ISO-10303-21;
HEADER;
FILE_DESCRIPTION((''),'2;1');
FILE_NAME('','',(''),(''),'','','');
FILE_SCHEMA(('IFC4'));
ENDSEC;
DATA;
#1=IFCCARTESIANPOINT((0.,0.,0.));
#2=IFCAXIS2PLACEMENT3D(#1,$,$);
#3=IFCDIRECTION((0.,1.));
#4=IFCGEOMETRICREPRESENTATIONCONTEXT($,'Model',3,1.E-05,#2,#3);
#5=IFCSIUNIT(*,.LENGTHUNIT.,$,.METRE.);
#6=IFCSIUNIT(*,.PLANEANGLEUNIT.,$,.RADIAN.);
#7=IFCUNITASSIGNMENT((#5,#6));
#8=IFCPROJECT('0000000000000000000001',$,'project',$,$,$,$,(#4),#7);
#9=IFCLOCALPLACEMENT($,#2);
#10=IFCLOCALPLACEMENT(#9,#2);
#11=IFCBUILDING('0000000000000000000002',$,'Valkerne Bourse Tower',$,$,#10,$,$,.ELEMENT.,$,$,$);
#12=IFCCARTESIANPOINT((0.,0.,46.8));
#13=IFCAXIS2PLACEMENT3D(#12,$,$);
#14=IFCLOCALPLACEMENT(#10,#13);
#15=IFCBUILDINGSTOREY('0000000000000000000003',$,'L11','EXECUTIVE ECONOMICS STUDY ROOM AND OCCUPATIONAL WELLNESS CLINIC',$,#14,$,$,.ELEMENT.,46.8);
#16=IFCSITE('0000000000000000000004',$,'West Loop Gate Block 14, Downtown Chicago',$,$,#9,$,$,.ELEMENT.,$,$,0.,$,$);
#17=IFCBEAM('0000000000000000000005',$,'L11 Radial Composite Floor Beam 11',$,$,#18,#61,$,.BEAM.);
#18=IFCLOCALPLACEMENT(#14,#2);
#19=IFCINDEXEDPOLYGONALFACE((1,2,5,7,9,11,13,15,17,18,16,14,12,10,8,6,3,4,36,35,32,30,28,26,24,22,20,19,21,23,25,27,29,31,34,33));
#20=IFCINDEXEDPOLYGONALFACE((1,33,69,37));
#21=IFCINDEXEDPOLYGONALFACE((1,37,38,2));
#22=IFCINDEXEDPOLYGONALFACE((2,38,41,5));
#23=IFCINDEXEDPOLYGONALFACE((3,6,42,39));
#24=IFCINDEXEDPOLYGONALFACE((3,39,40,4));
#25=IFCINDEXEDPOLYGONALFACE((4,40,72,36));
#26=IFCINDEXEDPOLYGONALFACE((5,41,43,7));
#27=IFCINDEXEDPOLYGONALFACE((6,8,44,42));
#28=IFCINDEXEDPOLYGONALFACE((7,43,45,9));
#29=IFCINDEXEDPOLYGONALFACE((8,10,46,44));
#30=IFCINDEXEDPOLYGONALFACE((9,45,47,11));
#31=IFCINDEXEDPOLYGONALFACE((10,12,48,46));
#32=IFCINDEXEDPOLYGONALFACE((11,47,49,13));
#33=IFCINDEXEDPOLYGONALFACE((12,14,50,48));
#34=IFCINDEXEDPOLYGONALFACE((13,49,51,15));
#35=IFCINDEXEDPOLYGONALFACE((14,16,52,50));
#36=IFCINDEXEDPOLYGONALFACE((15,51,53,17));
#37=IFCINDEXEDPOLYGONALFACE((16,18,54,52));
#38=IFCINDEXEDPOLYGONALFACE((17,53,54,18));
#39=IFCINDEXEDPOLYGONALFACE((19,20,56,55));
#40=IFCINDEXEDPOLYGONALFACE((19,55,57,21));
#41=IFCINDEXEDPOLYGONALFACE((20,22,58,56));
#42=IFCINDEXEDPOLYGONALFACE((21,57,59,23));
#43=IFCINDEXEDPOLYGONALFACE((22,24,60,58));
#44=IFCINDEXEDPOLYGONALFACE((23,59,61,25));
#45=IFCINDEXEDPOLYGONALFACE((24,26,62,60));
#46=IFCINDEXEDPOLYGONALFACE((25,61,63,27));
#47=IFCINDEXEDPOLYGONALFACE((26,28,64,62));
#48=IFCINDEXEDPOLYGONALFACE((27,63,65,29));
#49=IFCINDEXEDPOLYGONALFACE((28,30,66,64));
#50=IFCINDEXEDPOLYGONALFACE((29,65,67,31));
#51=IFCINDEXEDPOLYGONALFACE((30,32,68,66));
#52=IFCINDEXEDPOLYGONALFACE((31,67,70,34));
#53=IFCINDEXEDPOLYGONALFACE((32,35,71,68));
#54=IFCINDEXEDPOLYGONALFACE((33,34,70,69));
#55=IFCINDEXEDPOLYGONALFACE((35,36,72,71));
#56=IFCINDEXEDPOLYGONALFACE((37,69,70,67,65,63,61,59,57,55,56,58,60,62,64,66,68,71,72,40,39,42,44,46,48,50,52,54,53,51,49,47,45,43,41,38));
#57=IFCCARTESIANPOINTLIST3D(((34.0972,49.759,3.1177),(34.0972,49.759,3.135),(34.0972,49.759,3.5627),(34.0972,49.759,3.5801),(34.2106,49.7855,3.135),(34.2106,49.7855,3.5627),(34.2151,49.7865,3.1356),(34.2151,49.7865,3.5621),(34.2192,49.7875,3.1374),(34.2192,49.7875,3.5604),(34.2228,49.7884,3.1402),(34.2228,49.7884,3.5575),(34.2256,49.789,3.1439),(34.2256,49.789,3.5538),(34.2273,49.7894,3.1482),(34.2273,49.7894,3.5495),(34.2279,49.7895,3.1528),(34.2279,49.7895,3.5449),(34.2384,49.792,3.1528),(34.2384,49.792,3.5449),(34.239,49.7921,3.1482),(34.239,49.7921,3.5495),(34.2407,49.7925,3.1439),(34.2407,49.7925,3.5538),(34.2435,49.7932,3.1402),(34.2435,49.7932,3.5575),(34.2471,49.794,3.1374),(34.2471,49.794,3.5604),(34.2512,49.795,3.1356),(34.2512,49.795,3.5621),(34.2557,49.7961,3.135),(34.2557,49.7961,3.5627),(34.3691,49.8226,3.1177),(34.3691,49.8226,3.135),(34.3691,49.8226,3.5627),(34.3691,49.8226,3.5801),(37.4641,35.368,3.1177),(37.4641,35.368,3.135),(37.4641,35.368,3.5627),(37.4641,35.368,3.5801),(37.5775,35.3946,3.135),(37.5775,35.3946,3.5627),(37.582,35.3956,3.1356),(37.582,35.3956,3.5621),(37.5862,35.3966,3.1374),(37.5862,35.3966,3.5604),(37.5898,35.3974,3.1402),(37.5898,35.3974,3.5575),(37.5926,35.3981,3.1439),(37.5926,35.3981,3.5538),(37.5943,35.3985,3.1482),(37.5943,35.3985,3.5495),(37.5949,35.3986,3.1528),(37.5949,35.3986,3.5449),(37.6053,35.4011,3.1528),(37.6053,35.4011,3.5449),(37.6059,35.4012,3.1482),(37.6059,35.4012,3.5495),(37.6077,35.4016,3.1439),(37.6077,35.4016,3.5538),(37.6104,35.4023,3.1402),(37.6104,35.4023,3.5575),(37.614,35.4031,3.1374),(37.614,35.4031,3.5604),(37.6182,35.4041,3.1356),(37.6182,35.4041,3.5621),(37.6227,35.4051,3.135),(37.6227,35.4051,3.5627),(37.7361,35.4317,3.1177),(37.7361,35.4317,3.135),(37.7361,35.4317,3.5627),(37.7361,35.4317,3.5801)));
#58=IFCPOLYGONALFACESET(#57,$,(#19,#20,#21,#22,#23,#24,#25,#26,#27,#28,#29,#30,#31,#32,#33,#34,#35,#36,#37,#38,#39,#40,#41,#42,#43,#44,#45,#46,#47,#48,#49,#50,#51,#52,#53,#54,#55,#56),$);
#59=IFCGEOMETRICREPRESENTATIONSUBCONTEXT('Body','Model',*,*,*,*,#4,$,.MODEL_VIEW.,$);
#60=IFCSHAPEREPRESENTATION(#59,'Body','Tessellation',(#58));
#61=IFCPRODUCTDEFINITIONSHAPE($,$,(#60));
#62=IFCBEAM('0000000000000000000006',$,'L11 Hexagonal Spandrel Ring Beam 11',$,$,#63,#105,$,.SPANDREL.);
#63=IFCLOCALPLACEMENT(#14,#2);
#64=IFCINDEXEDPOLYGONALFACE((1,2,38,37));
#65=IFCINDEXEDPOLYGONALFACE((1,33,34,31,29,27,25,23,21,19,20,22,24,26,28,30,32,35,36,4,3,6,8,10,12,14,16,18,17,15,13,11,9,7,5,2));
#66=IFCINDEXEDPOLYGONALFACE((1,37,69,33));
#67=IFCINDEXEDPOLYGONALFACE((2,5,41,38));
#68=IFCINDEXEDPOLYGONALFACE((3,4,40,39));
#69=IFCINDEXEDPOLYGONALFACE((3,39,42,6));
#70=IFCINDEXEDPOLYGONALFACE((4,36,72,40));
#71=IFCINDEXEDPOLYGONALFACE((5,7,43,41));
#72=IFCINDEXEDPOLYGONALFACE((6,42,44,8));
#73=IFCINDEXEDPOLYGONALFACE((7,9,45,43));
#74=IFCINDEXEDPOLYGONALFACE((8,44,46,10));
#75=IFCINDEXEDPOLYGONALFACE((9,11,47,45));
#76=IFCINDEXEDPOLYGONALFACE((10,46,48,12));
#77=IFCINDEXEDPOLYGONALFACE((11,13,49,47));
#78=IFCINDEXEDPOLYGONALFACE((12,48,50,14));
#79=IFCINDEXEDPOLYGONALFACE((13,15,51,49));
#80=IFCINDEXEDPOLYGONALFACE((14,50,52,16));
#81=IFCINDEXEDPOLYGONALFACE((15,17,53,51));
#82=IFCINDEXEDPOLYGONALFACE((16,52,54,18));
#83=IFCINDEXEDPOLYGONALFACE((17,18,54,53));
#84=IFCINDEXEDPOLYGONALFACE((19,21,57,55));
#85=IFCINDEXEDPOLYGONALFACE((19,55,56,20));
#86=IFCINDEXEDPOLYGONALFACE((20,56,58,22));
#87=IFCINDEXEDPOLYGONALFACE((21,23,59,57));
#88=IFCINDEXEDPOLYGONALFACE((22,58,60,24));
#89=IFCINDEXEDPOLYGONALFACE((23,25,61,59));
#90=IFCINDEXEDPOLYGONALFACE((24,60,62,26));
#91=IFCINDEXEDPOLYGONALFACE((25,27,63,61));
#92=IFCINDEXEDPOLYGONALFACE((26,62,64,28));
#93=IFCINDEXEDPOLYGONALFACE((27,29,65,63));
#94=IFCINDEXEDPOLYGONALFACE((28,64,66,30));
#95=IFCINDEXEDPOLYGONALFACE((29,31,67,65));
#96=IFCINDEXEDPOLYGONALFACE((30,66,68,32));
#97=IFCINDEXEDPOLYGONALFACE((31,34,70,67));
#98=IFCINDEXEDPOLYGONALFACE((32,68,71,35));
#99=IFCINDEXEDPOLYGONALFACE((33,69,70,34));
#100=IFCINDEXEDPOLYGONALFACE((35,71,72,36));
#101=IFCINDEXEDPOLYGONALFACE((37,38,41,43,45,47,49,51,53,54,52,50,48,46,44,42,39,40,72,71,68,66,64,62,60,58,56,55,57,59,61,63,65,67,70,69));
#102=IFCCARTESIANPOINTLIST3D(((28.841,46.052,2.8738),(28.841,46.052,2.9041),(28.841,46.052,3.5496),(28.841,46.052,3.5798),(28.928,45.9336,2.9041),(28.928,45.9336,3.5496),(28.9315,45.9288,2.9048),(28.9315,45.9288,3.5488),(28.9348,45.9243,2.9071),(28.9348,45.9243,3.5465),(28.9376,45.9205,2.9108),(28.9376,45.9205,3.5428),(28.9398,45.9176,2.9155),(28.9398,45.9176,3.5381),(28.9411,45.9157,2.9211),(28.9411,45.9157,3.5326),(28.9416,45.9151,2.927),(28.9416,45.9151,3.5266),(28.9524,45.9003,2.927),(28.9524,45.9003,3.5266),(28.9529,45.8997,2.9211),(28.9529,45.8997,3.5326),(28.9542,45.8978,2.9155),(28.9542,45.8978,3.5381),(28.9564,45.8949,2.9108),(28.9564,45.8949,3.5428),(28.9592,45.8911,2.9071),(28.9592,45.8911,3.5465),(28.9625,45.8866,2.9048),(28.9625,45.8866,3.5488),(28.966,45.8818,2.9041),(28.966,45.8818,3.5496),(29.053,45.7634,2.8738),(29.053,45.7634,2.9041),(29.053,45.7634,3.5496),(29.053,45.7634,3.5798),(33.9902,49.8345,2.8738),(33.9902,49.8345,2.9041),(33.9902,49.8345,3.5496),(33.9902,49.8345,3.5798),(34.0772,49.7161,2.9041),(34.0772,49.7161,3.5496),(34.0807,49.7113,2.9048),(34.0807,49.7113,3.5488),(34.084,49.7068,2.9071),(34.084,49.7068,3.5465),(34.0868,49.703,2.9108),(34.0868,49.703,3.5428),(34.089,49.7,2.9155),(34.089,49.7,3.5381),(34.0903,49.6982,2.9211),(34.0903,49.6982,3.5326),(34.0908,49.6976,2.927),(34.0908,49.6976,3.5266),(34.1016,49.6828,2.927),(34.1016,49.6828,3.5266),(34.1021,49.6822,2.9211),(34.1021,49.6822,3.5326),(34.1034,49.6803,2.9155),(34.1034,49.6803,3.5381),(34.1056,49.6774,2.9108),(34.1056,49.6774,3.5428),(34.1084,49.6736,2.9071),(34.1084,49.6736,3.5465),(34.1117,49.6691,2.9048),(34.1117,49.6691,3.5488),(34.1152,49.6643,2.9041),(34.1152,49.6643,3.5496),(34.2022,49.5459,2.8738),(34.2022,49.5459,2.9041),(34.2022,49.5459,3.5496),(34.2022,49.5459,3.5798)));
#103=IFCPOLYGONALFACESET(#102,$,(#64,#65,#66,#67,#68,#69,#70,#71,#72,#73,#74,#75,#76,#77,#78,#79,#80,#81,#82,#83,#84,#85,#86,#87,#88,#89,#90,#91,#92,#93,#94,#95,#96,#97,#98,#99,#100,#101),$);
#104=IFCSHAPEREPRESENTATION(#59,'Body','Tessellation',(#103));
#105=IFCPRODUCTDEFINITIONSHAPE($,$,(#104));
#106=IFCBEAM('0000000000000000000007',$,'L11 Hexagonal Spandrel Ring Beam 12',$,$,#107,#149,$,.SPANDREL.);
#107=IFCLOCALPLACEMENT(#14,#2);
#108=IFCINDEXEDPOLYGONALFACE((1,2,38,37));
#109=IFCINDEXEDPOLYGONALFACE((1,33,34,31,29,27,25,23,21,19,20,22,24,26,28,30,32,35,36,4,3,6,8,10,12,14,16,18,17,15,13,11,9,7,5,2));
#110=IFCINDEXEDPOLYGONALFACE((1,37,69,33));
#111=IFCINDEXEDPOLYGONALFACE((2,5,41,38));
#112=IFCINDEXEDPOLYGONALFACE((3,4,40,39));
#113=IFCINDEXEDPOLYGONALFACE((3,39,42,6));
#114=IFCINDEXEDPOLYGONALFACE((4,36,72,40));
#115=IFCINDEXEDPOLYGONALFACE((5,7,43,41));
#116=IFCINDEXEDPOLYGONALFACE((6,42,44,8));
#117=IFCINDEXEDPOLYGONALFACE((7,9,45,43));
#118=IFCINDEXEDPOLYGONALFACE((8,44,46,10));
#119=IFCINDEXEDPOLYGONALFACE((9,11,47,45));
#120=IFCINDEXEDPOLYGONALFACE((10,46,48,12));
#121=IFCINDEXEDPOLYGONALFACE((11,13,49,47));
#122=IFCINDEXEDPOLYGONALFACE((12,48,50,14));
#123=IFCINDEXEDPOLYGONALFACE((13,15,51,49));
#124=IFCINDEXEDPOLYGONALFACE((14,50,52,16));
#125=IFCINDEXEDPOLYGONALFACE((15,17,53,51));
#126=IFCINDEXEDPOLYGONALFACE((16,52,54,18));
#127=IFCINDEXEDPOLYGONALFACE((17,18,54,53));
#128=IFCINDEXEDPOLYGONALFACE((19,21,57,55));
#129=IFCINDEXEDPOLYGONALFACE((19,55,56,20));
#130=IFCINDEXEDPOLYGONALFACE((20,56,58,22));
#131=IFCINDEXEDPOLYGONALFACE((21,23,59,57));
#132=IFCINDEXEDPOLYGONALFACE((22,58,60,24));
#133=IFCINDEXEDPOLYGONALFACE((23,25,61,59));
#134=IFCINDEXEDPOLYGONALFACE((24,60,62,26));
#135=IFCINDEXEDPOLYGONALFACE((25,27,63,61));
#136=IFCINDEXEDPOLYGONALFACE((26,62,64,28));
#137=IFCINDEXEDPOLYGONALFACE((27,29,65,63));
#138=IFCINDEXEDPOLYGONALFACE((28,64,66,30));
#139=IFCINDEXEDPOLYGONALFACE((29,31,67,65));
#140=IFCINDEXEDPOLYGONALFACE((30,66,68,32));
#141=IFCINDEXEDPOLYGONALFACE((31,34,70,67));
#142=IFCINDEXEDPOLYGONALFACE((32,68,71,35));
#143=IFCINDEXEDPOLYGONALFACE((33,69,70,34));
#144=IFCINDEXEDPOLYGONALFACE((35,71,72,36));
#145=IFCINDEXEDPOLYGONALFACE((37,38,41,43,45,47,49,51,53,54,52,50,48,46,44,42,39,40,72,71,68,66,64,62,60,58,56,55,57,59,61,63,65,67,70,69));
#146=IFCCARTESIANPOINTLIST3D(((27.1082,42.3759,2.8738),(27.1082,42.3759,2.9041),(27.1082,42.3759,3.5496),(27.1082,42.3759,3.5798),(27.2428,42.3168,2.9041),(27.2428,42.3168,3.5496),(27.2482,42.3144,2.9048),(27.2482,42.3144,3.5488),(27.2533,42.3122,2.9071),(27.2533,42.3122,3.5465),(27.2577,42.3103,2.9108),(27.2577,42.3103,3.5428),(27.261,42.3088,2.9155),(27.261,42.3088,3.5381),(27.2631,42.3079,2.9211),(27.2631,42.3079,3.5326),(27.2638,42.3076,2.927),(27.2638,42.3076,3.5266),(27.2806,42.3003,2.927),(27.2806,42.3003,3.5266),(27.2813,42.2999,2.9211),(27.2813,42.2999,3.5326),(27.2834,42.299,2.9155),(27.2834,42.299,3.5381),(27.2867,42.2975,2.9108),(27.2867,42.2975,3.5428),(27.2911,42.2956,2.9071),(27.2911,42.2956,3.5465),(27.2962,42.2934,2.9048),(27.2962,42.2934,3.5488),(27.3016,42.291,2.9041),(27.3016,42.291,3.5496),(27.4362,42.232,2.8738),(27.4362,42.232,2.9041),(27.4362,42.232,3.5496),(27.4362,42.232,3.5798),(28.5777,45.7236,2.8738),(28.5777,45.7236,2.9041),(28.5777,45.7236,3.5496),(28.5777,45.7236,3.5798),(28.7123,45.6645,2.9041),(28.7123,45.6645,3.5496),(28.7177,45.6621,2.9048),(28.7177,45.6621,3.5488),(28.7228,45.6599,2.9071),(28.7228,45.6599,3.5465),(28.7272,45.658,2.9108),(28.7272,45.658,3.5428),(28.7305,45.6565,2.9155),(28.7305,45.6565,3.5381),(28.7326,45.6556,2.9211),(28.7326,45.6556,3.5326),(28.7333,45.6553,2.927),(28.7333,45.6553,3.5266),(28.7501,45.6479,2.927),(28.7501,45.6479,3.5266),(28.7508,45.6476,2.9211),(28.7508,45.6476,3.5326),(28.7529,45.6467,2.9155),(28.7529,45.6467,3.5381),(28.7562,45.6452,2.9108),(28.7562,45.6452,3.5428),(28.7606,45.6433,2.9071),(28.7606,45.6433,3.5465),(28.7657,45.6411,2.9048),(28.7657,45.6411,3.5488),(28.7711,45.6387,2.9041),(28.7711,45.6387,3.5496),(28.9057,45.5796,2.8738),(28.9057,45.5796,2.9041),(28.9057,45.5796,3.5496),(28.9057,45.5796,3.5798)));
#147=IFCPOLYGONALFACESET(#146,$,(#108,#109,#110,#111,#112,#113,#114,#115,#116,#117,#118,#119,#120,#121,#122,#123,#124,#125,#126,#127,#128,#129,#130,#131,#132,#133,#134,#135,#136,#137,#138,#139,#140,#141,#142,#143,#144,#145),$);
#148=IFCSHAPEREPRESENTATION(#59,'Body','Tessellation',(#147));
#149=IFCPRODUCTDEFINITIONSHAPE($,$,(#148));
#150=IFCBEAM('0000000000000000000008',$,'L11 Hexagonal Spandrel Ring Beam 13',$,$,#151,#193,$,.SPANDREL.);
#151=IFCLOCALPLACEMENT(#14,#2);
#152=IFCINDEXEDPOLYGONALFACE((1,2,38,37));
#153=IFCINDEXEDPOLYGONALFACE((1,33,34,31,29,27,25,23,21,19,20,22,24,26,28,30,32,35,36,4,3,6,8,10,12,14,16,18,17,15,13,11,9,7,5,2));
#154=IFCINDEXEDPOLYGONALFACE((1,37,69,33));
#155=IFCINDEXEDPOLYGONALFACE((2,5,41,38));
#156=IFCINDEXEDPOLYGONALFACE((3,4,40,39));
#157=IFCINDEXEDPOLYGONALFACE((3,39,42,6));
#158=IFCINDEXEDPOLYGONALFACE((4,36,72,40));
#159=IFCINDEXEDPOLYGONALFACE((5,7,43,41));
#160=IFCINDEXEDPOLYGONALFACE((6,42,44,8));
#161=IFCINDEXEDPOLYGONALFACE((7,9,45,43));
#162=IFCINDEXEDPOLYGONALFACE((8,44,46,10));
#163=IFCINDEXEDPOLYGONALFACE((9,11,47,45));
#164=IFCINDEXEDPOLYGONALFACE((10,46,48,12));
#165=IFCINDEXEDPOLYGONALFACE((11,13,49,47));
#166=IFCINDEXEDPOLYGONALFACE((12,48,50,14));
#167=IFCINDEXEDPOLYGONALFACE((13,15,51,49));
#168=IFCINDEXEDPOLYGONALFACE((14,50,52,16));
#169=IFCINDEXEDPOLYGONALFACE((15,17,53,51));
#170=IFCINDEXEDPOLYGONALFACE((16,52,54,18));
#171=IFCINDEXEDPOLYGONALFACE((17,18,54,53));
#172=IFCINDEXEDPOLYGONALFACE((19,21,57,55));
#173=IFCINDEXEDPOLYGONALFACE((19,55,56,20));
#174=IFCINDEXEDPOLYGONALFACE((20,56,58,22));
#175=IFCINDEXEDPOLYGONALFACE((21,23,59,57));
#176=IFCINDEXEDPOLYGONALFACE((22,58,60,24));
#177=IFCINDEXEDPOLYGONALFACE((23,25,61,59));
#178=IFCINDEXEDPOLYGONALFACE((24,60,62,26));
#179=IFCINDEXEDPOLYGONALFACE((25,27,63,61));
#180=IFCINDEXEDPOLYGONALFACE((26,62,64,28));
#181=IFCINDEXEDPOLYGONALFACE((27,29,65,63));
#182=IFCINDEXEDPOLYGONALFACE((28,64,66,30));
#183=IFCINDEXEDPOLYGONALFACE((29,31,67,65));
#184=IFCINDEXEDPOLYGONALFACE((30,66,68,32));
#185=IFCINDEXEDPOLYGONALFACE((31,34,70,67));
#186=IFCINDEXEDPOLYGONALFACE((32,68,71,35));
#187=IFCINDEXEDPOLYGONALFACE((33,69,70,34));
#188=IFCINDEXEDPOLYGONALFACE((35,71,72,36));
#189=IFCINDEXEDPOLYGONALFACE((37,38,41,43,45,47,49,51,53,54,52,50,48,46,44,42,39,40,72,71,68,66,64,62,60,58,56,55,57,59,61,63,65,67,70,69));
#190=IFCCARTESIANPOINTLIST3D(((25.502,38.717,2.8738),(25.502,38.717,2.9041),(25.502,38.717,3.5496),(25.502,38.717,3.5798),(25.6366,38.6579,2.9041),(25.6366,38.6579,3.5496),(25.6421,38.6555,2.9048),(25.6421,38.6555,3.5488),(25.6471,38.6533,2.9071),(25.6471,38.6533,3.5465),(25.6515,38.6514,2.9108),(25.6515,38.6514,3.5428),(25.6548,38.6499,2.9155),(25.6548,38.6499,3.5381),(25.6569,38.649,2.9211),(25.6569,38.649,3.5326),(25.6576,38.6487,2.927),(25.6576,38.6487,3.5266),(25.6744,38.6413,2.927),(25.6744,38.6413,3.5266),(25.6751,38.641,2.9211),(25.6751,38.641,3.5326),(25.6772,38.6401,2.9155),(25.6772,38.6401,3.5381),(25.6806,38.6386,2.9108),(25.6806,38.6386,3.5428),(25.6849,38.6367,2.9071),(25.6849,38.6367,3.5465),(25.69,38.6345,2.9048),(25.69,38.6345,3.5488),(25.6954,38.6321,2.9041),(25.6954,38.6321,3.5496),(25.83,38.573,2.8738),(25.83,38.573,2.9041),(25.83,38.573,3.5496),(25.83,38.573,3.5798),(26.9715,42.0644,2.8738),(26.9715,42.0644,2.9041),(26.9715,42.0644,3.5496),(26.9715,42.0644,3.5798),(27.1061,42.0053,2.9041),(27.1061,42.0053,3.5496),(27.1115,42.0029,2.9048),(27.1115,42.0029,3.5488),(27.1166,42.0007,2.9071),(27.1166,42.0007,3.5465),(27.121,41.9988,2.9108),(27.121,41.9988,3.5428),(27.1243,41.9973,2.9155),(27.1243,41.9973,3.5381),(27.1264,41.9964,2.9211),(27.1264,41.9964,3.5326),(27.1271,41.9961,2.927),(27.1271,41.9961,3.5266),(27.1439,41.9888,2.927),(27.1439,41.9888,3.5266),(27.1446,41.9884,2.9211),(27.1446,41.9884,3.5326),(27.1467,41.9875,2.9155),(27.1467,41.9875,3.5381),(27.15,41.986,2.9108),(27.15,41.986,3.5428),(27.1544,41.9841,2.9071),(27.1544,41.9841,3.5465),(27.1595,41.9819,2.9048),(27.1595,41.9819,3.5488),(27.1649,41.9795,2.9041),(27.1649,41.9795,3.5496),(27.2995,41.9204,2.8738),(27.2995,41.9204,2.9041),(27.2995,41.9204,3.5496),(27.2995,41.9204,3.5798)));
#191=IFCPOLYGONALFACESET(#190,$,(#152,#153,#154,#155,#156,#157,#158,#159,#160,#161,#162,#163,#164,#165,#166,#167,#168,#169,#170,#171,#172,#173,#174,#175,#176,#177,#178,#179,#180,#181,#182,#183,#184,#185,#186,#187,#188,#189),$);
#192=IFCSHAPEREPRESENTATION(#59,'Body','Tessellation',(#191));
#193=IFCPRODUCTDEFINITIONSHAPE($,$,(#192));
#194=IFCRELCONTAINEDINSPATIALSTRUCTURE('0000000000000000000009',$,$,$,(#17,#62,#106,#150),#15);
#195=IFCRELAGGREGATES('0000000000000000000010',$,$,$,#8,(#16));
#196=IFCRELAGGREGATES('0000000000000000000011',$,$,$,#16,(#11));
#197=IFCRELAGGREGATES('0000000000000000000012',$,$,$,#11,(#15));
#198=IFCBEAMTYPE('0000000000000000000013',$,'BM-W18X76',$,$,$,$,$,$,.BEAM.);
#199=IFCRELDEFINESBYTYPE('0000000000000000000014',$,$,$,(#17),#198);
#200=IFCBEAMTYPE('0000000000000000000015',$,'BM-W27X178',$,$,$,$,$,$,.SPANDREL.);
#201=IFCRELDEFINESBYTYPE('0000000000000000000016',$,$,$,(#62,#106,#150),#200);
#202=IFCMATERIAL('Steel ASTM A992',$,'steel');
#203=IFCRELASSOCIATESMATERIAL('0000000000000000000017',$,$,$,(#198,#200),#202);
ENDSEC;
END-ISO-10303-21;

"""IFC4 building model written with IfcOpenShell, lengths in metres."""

from ifc_helpers import new_model, si_unit, direction, frame, origin, origin_2d, place, context, subcontext, project, spatial, i_section, extrude, material, material_profile, profile_set, type_object, element, save


model = new_model("IFC4")

# Units and contexts
model_context = context("Model", 3, precision=1e-05, world=origin(), true_north=direction((0.0, 1.0)))
body_context = subcontext(model_context, "Body", "Model", "MODEL_VIEW")
ifc_project = project(units=[si_unit("LENGTHUNIT", "METRE"), si_unit("PLANEANGLEUNIT", "RADIAN")], contexts=[model_context])

# Site, building, storey
site_placement = place(None, origin())
site = spatial("IfcSite", under=ifc_project, at=site_placement, Name="West Loop Gate Block 14, Downtown Chicago", CompositionType="ELEMENT", RefElevation=0.0)
building_placement = place(site_placement, origin())
building = spatial("IfcBuilding", under=site, at=building_placement, Name="Valkerne Bourse Tower", CompositionType="ELEMENT")
storey_placement = place(building_placement, frame((0.0, 0.0, 46.8)))
storey = spatial("IfcBuildingStorey", under=building, at=storey_placement, Name="L11", Description="EXECUTIVE ECONOMICS STUDY ROOM AND OCCUPATIONAL WELLNESS CLINIC", CompositionType="ELEMENT", Elevation=46.8)

# Beams
ifc_material_1 = material(Name="Steel ASTM A992", Category="steel")
ifc_material_profile_1 = material_profile(ifc_material_1, i_section(OverallWidth=0.2793, OverallDepth=0.4624, WebThickness=0.0107, FlangeThickness=0.0173, FilletRadius=0.0178, at=origin_2d()), Name="W18X76")
ifc_profile_set_1 = profile_set([ifc_material_profile_1], Name="Steel ASTM A992")
beam_type_1 = type_object("IfcBeamType", Name="BM-W18X76", PredefinedType="BEAM", material=ifc_profile_set_1)
beam_1_placement = place(storey_placement, frame((34.2332, 49.7908, 3.3489), z_axis=(0.227812, -0.973705, 0.0), x_axis=(0.973705, 0.227812, 0.0)))
element("IfcBeam", 1, at=beam_1_placement, inside=storey, type_object=beam_type_1, Name="L11 Radial Composite Floor Beam 11", PredefinedType="BEAM", context=body_context, shape_type="SweptSolid", body=[
    extrude(i_section(OverallWidth=0.2793, OverallDepth=0.4624, WebThickness=0.0107, FlangeThickness=0.0173, FilletRadius=0.0178, at=origin_2d()), origin(), (0.0, 0.0, 1.0), 14.7795),
])
ifc_material_profile_2 = material_profile(ifc_material_1, i_section(OverallWidth=0.3582, OverallDepth=0.7061, WebThickness=0.0183, FlangeThickness=0.0303, FilletRadius=0.0229, at=origin_2d()), Name="W27X178")
ifc_profile_set_2 = profile_set([ifc_material_profile_2], Name="Steel ASTM A992")
beam_type_2 = type_object("IfcBeamType", Name="BM-W27X178", PredefinedType="SPANDREL", material=ifc_profile_set_2)
beam_2_placement = place(storey_placement, frame((34.0962, 49.6902, 3.2268), z_axis=(-0.805926, -0.592016, 0.0), x_axis=(0.592016, -0.805926, 0.0)))
element("IfcBeam", 2, at=beam_2_placement, inside=storey, type_object=beam_type_2, Name="L11 Hexagonal Spandrel Ring Beam 11", PredefinedType="SPANDREL", context=body_context, shape_type="SweptSolid", body=[
    extrude(i_section(OverallWidth=0.3582, OverallDepth=0.7061, WebThickness=0.0183, FlangeThickness=0.0303, FilletRadius=0.0229, at=origin_2d()), origin(), (0.0, 0.0, 1.0), 6.3892),
])
beam_3_placement = place(storey_placement, frame((28.7417, 45.6516, 3.2268), z_axis=(-0.40194, -0.915666, 0.0), x_axis=(0.915666, -0.40194, 0.0)))
element("IfcBeam", 3, at=beam_3_placement, inside=storey, type_object=beam_type_2, Name="L11 Hexagonal Spandrel Ring Beam 12", PredefinedType="SPANDREL", context=body_context, shape_type="SweptSolid", body=[
    extrude(i_section(OverallWidth=0.3582, OverallDepth=0.7061, WebThickness=0.0183, FlangeThickness=0.0303, FilletRadius=0.0229, at=origin_2d()), origin(), (0.0, 0.0, 1.0), 3.656),
])
beam_4_placement = place(storey_placement, frame((27.1355, 41.9924, 3.2268), z_axis=(-0.401964, -0.915655, 0.0), x_axis=(0.915655, -0.401964, 0.0)))
element("IfcBeam", 4, at=beam_4_placement, inside=storey, type_object=beam_type_2, Name="L11 Hexagonal Spandrel Ring Beam 13", PredefinedType="SPANDREL", context=body_context, shape_type="SweptSolid", body=[
    extrude(i_section(OverallWidth=0.3582, OverallDepth=0.7061, WebThickness=0.0183, FlangeThickness=0.0303, FilletRadius=0.0229, at=origin_2d()), origin(), (0.0, 0.0, 1.0), 3.6558),
])

save(model, "model.ifc")
